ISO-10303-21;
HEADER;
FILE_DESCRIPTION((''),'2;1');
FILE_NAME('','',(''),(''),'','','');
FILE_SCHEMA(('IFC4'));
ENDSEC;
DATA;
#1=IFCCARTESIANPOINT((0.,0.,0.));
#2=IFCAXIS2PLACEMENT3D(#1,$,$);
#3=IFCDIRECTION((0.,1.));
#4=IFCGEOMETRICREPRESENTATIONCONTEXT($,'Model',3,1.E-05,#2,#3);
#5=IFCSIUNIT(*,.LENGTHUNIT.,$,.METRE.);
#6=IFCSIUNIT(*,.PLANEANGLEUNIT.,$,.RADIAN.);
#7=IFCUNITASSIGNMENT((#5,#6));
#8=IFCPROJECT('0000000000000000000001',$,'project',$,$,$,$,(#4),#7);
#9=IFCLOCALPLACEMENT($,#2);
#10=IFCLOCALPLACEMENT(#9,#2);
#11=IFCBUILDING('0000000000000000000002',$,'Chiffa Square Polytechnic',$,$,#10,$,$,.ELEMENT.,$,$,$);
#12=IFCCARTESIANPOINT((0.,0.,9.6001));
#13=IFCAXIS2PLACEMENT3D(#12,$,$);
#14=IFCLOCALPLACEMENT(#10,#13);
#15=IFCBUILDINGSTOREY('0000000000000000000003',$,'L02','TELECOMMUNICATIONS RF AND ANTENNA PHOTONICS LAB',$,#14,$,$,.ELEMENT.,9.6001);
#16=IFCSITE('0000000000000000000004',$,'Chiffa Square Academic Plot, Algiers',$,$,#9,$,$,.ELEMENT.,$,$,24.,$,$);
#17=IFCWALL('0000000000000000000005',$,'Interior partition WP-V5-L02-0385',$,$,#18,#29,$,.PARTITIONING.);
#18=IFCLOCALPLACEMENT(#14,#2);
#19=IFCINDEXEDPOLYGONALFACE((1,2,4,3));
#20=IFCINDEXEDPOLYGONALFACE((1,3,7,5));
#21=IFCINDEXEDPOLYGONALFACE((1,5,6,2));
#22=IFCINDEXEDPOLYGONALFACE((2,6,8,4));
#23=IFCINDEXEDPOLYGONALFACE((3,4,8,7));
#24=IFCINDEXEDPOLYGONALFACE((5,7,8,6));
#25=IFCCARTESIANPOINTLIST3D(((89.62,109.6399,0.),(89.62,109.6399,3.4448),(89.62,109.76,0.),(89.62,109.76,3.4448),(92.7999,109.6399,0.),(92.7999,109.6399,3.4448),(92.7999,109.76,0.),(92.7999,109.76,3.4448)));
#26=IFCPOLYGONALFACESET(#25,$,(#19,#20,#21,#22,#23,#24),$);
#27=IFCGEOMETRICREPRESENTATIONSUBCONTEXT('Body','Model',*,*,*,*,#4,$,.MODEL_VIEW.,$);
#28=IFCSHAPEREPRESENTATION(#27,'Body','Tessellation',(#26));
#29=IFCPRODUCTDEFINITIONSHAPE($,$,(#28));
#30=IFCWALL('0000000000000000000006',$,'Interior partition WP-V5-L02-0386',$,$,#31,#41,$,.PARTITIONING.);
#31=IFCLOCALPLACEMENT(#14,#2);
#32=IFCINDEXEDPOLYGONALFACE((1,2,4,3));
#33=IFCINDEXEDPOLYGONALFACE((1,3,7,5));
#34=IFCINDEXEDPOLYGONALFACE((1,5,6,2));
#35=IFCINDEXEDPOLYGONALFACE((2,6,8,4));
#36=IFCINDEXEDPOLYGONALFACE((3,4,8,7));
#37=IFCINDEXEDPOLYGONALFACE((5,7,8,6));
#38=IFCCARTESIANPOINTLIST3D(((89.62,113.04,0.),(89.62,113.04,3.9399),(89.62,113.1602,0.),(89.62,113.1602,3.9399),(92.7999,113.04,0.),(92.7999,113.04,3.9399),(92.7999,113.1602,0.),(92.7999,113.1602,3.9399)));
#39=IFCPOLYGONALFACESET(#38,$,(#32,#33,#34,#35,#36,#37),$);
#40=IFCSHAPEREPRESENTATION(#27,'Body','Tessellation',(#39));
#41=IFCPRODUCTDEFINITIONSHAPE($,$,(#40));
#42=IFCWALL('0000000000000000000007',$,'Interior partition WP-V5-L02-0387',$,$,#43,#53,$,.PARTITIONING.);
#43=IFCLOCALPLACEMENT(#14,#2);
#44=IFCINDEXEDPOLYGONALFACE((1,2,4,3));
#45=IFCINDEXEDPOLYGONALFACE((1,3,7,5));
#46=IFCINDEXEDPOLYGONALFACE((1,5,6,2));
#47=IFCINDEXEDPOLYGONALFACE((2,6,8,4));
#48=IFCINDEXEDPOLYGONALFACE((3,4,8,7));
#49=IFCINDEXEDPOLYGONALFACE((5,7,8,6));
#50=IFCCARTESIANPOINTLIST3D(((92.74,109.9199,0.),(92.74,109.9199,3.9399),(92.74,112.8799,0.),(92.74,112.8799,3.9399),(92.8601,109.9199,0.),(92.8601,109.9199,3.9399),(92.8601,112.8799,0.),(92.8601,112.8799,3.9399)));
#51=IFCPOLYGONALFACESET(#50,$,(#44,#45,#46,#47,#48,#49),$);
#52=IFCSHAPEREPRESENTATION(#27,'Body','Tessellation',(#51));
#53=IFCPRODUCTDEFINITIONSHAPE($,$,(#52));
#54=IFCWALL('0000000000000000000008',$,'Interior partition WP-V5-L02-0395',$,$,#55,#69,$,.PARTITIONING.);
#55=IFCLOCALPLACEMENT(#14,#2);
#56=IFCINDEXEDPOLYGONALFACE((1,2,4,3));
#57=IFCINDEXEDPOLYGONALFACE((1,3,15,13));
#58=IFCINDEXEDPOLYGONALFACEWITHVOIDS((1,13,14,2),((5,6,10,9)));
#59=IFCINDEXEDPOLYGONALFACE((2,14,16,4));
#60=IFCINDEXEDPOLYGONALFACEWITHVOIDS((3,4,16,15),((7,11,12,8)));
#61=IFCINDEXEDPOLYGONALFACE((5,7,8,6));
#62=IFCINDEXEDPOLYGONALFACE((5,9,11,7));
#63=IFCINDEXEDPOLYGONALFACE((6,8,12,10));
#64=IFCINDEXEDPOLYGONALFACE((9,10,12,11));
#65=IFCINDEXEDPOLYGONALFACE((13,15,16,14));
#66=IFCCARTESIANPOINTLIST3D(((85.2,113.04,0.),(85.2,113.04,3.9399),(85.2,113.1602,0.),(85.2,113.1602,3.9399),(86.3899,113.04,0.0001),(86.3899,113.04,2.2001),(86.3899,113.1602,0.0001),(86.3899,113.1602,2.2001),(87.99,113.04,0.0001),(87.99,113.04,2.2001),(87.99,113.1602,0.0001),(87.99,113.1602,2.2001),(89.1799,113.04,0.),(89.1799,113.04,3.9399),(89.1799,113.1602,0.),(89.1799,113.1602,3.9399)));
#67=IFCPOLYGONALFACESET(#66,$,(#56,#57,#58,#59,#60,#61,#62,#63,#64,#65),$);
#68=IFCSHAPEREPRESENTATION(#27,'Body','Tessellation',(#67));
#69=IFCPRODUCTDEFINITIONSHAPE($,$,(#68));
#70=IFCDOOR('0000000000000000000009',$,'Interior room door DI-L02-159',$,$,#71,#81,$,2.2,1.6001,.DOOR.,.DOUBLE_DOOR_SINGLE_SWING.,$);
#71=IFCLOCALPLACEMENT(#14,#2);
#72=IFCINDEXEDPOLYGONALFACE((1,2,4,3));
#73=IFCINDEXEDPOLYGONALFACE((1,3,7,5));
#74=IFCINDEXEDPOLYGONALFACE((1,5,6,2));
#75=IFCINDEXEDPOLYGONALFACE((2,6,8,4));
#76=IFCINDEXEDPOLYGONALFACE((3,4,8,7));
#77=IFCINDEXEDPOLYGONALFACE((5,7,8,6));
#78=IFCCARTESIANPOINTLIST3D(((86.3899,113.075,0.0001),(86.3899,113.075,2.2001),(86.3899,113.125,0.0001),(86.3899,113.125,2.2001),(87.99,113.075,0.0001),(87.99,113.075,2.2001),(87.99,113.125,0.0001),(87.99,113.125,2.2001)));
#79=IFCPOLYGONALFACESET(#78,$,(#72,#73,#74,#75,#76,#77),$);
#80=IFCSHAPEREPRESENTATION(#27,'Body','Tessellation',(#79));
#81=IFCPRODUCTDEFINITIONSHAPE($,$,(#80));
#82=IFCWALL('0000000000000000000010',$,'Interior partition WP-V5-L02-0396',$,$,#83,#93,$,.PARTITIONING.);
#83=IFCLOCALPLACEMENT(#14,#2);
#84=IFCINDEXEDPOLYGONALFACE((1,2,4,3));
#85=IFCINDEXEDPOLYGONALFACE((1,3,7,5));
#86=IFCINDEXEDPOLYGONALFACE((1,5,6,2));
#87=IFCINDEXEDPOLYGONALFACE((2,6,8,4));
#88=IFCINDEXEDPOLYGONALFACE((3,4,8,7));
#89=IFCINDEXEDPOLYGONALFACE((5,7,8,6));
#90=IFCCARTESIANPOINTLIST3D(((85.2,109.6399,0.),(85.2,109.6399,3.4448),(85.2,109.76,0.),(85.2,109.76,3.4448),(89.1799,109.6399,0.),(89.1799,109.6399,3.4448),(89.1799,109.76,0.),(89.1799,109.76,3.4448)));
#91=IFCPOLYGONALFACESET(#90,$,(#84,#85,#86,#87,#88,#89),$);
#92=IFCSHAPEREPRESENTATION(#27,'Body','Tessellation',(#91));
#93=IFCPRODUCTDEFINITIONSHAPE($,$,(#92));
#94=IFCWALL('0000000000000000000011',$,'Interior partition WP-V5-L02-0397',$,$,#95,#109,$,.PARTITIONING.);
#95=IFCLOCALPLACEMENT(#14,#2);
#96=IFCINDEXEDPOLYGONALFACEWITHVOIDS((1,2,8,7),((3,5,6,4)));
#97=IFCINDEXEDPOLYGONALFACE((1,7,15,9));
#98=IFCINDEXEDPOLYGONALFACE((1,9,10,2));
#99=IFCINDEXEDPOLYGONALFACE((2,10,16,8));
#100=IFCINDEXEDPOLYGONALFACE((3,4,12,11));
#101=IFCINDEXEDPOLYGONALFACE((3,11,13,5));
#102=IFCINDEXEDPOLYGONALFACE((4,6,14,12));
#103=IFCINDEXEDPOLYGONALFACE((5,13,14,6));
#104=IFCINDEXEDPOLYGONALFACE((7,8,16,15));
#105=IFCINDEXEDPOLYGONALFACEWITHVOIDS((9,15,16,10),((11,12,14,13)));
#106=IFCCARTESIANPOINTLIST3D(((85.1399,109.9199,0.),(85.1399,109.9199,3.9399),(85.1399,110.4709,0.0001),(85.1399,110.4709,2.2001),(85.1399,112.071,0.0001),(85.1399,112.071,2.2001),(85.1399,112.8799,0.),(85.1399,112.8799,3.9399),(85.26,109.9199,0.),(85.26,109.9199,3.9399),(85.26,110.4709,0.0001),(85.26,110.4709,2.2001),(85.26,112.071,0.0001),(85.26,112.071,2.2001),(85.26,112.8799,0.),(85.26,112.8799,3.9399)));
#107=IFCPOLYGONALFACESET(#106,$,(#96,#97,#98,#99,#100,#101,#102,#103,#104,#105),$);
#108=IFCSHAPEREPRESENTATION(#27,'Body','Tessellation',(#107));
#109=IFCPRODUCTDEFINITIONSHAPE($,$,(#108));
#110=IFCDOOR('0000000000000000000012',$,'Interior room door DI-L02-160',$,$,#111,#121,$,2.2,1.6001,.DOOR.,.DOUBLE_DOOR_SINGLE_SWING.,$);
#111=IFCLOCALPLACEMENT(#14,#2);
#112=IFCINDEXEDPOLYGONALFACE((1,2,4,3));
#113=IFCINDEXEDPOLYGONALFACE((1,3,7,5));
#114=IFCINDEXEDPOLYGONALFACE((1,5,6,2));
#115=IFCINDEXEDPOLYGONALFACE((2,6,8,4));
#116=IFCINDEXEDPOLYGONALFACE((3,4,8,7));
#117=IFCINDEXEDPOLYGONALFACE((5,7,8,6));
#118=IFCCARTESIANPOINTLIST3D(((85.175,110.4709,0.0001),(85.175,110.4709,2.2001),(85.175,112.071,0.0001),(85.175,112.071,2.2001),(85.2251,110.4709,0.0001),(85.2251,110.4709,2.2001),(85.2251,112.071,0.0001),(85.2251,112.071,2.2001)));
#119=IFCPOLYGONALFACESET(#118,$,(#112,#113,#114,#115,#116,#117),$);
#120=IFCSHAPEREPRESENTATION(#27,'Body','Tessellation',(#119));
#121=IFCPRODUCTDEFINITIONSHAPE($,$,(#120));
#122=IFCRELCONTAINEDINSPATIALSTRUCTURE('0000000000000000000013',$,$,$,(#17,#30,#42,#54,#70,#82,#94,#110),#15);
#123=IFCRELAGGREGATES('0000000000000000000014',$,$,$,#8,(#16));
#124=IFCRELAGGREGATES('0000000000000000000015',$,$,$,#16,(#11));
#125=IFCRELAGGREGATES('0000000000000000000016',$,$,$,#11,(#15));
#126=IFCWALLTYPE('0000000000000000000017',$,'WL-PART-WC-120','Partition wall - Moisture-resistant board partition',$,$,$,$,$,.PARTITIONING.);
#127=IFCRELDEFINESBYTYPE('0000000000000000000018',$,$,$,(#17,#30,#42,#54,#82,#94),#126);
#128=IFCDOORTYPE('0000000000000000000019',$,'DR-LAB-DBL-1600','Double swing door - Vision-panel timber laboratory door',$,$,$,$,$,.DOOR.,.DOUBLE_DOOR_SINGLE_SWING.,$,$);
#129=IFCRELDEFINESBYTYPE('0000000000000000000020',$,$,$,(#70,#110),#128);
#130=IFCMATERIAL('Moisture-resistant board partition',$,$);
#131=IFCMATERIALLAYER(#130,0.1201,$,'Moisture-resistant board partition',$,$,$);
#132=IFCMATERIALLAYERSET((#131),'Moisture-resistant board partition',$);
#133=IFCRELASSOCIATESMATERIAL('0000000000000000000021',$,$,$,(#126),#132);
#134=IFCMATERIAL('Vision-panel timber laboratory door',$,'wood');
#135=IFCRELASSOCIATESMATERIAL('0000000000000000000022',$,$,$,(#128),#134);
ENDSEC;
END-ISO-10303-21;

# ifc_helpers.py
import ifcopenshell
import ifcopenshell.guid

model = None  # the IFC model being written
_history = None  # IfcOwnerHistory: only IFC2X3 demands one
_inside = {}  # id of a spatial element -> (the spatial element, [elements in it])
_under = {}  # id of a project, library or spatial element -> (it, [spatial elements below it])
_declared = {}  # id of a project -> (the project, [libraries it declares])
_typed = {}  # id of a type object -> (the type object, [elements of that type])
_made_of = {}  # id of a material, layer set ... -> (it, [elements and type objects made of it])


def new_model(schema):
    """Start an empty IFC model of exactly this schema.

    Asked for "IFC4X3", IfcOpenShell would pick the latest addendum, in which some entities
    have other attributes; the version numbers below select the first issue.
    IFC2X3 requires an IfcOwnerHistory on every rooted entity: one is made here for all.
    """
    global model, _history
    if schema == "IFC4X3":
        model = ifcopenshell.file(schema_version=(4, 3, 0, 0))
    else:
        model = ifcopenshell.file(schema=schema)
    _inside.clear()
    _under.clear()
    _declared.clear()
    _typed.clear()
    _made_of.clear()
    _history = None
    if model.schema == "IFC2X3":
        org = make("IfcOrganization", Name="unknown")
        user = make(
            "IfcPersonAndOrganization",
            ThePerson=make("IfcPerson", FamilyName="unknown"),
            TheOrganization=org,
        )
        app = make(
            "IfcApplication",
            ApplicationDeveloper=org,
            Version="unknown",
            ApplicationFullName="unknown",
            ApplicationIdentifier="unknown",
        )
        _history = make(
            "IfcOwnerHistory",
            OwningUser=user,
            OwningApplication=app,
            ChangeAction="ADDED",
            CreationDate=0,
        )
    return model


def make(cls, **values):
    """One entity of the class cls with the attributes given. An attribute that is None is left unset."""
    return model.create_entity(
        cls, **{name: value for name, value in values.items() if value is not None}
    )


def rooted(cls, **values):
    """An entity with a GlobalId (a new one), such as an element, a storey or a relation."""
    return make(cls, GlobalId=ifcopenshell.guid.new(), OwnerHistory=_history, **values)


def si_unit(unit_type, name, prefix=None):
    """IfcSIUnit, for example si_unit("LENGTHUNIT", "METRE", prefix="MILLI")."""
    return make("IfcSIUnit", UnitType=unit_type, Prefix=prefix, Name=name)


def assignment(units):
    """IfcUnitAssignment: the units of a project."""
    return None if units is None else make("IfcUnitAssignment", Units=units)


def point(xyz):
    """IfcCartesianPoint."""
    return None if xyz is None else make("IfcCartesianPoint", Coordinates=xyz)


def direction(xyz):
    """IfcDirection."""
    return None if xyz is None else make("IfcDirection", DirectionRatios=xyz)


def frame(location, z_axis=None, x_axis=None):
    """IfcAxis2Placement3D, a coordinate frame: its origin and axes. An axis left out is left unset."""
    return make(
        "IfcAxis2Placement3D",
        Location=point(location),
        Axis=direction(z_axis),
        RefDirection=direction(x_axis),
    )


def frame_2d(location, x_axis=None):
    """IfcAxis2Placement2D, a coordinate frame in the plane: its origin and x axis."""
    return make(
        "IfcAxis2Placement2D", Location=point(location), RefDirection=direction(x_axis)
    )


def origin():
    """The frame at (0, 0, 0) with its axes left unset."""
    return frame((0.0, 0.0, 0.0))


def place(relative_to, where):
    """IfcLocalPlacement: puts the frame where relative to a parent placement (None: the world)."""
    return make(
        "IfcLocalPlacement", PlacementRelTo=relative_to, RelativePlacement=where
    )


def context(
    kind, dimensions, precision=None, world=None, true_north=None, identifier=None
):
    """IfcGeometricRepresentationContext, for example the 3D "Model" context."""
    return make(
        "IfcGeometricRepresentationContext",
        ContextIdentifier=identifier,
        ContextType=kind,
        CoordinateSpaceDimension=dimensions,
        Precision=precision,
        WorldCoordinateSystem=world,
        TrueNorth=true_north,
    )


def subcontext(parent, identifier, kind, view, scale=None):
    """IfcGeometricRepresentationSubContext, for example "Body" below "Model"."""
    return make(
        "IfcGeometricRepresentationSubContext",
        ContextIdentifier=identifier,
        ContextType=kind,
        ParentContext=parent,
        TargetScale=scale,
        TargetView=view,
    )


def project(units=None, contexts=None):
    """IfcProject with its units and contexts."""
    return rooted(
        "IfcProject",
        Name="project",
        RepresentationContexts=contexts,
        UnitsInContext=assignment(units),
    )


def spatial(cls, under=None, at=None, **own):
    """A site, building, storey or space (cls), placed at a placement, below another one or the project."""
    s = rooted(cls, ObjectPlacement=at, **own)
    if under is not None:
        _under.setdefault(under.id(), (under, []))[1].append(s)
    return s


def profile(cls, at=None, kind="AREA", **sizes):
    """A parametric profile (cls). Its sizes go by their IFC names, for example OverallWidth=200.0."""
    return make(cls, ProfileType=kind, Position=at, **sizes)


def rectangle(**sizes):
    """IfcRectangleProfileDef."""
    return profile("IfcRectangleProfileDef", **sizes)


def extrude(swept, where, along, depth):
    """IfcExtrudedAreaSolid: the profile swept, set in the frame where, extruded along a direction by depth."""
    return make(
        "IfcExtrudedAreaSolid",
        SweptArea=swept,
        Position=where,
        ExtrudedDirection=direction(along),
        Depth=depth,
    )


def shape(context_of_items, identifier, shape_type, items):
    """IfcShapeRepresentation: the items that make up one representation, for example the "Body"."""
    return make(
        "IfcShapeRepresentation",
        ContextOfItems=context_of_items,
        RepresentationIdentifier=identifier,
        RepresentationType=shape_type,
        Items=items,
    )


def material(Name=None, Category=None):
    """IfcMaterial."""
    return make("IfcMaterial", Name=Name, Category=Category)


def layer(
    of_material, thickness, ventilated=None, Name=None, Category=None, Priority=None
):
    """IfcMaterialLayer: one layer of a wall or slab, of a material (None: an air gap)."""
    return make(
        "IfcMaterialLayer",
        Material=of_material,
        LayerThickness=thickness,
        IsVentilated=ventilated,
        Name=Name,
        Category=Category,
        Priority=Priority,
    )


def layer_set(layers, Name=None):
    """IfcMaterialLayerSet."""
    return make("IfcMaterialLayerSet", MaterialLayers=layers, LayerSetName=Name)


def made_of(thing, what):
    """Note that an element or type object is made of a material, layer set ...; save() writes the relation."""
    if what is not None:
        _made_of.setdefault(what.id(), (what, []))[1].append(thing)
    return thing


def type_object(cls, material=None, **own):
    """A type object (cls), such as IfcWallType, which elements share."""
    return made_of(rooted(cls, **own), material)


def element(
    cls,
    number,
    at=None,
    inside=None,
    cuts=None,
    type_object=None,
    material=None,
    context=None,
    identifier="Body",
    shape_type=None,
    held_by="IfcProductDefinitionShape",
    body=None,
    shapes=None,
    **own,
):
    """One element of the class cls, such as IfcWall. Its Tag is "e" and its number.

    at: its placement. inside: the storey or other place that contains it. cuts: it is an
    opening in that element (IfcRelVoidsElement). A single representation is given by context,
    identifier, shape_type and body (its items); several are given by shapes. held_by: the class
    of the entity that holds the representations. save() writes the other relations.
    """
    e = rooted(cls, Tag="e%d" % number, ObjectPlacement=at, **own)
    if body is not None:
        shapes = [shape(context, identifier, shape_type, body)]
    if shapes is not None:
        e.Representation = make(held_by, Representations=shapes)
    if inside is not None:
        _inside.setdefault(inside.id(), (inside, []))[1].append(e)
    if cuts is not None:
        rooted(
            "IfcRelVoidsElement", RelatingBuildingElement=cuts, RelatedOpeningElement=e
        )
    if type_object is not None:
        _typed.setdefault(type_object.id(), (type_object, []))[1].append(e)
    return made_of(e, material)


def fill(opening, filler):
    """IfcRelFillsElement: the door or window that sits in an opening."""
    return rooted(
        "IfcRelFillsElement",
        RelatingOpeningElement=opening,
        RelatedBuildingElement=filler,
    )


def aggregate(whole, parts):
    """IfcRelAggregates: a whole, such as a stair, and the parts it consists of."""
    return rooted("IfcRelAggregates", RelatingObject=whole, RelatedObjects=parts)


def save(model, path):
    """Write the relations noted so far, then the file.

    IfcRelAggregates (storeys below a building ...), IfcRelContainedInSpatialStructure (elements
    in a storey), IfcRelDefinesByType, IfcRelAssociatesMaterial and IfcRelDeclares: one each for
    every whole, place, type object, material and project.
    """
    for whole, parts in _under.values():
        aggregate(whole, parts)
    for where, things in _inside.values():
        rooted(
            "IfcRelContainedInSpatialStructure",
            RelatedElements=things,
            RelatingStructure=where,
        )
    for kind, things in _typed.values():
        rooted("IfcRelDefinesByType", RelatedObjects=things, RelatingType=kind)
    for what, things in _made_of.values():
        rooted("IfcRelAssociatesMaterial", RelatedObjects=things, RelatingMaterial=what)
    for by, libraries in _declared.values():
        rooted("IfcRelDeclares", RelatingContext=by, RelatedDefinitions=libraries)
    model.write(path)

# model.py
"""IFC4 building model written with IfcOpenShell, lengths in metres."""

from ifc_helpers import new_model, si_unit, direction, frame, frame_2d, origin, place, context, subcontext, project, spatial, rectangle, extrude, material, layer, layer_set, type_object, element, fill, save


model = new_model("IFC4")

# Units and contexts
model_context = context("Model", 3, precision=1e-05, world=origin(), true_north=direction((0.0, 1.0)))
body_context = subcontext(model_context, "Body", "Model", "MODEL_VIEW")
ifc_project = project(units=[si_unit("LENGTHUNIT", "METRE"), si_unit("PLANEANGLEUNIT", "RADIAN")], contexts=[model_context])

# Site, building, storey
site_placement = place(None, origin())
site = spatial("IfcSite", under=ifc_project, at=site_placement, Name="Chiffa Square Academic Plot, Algiers", CompositionType="ELEMENT", RefElevation=24.0)
building_placement = place(site_placement, origin())
building = spatial("IfcBuilding", under=site, at=building_placement, Name="Chiffa Square Polytechnic", CompositionType="ELEMENT")
storey_placement = place(building_placement, frame((0.0, 0.0, 9.6001)))
storey = spatial("IfcBuildingStorey", under=building, at=storey_placement, Name="L02", Description="TELECOMMUNICATIONS RF AND ANTENNA PHOTONICS LAB", CompositionType="ELEMENT", Elevation=9.6001)

# Shared definitions
ifc_material_1 = material(Name="Moisture-resistant board partition")
ifc_layer_1 = layer(ifc_material_1, 0.1201, Name="Moisture-resistant board partition")
ifc_layer_set_1 = layer_set([ifc_layer_1], Name="Moisture-resistant board partition")
wall_type_1 = type_object("IfcWallType", Name="WL-PART-WC-120", Description="Partition wall - Moisture-resistant board partition", PredefinedType="PARTITIONING", material=ifc_layer_set_1)
ifc_material_2 = material(Name="Vision-panel timber laboratory door", Category="wood")
door_type = type_object("IfcDoorType", Name="DR-LAB-DBL-1600", Description="Double swing door - Vision-panel timber laboratory door", OperationType="DOUBLE_DOOR_SINGLE_SWING", PredefinedType="DOOR", material=ifc_material_2)

# Walls
wall_1_placement = place(storey_placement, frame((89.6201, 109.7, 0.0), z_axis=(0.0, 0.0, 1.0), x_axis=(1.0, 0.0, 0.0)))
element("IfcWall", 1, at=wall_1_placement, inside=storey, type_object=wall_type_1, Name="Interior partition WP-V5-L02-0385", PredefinedType="PARTITIONING", context=body_context, shape_type="SweptSolid", body=[
    extrude(rectangle(XDim=3.1799, YDim=0.1201, at=frame_2d((1.5898, 0.0))), origin(), (0.0, 0.0, 1.0), 3.4448),
])
wall_2_placement = place(storey_placement, frame((89.6201, 113.1001, 0.0), z_axis=(0.0, 0.0, 1.0), x_axis=(1.0, 0.0, 0.0)))
element("IfcWall", 2, at=wall_2_placement, inside=storey, type_object=wall_type_1, Name="Interior partition WP-V5-L02-0386", PredefinedType="PARTITIONING", context=body_context, shape_type="SweptSolid", body=[
    extrude(rectangle(XDim=3.1799, YDim=0.1201, at=frame_2d((1.5898, 0.0))), origin(), (0.0, 0.0, 1.0), 3.9399),
])
wall_3_placement = place(storey_placement, frame((92.8, 109.9199, 0.0), z_axis=(0.0, 0.0, 1.0), x_axis=(0.0, 1.0, 0.0)))
element("IfcWall", 3, at=wall_3_placement, inside=storey, type_object=wall_type_1, Name="Interior partition WP-V5-L02-0387", PredefinedType="PARTITIONING", context=body_context, shape_type="SweptSolid", body=[
    extrude(rectangle(XDim=2.96, YDim=0.1201, at=frame_2d((1.48, 0.0))), origin(), (0.0, 0.0, 1.0), 3.9399),
])

# Wall, opening, door
wall_4_placement = place(storey_placement, frame((85.2, 113.1001, 0.0), z_axis=(0.0, 0.0, 1.0), x_axis=(1.0, 0.0, 0.0)))
wall_4 = element("IfcWall", 4, at=wall_4_placement, inside=storey, type_object=wall_type_1, Name="Interior partition WP-V5-L02-0395", PredefinedType="PARTITIONING", context=body_context, shape_type="SweptSolid", body=[
    extrude(rectangle(XDim=3.98, YDim=0.1201, at=frame_2d((1.99, 0.0))), origin(), (0.0, 0.0, 1.0), 3.9399),
])
opening_1_placement = place(wall_4_placement, frame((1.1899, 0.0, 0.0)))
opening_1 = element("IfcOpeningElement", 5, at=opening_1_placement, cuts=wall_4, PredefinedType="OPENING", context=body_context, shape_type="SweptSolid", body=[
    extrude(rectangle(XDim=1.6001, YDim=2.2, at=frame_2d((0.8, 1.1001))), frame((0.0, 0.0701, 0.0), z_axis=(0.0, -1.0, 0.0), x_axis=(1.0, 0.0, 0.0)), (0.0, 0.0, 1.0), 0.1401),
])
door_1_placement = place(opening_1_placement, origin())
door_1 = element("IfcDoor", 6, at=door_1_placement, inside=storey, type_object=door_type, Name="Interior room door DI-L02-159", OperationType="DOUBLE_DOOR_SINGLE_SWING", OverallHeight=2.2, OverallWidth=1.6001, PredefinedType="DOOR", context=body_context, shape_type="SweptSolid", body=[
    extrude(rectangle(XDim=1.6001, YDim=2.2, at=frame_2d((0.8, 1.1001))), frame((0.0, 0.0249, 0.0), z_axis=(0.0, -1.0, 0.0), x_axis=(1.0, 0.0, 0.0)), (0.0, 0.0, 1.0), 0.05),
])
fill(opening_1, door_1)

# Wall
wall_5_placement = place(storey_placement, frame((85.2, 109.7, 0.0), z_axis=(0.0, 0.0, 1.0), x_axis=(1.0, 0.0, 0.0)))
element("IfcWall", 7, at=wall_5_placement, inside=storey, type_object=wall_type_1, Name="Interior partition WP-V5-L02-0396", PredefinedType="PARTITIONING", context=body_context, shape_type="SweptSolid", body=[
    extrude(rectangle(XDim=3.98, YDim=0.1201, at=frame_2d((1.99, 0.0))), origin(), (0.0, 0.0, 1.0), 3.4448),
])

# Wall, opening, door
wall_6_placement = place(storey_placement, frame((85.2, 109.9199, 0.0), z_axis=(0.0, 0.0, 1.0), x_axis=(0.0, 1.0, 0.0)))
wall_6 = element("IfcWall", 8, at=wall_6_placement, inside=storey, type_object=wall_type_1, Name="Interior partition WP-V5-L02-0397", PredefinedType="PARTITIONING", context=body_context, shape_type="SweptSolid", body=[
    extrude(rectangle(XDim=2.96, YDim=0.1201, at=frame_2d((1.48, 0.0))), origin(), (0.0, 0.0, 1.0), 3.9399),
])
opening_2_placement = place(wall_6_placement, frame((0.551, 0.0, 0.0)))
opening_2 = element("IfcOpeningElement", 9, at=opening_2_placement, cuts=wall_6, PredefinedType="OPENING", context=body_context, shape_type="SweptSolid", body=[
    extrude(rectangle(XDim=1.6001, YDim=2.2, at=frame_2d((0.8, 1.1001))), frame((0.0, 0.0701, 0.0), z_axis=(0.0, -1.0, 0.0), x_axis=(1.0, 0.0, 0.0)), (0.0, 0.0, 1.0), 0.1401),
])
door_2_placement = place(opening_2_placement, origin())
door_2 = element("IfcDoor", 10, at=door_2_placement, inside=storey, type_object=door_type, Name="Interior room door DI-L02-160", OperationType="DOUBLE_DOOR_SINGLE_SWING", OverallHeight=2.2, OverallWidth=1.6001, PredefinedType="DOOR", context=body_context, shape_type="SweptSolid", body=[
    extrude(rectangle(XDim=1.6001, YDim=2.2, at=frame_2d((0.8, 1.1001))), frame((0.0, 0.0249, 0.0), z_axis=(0.0, -1.0, 0.0), x_axis=(1.0, 0.0, 0.0)), (0.0, 0.0, 1.0), 0.05),
])
fill(opening_2, door_2)

save(model, "model.ifc")
